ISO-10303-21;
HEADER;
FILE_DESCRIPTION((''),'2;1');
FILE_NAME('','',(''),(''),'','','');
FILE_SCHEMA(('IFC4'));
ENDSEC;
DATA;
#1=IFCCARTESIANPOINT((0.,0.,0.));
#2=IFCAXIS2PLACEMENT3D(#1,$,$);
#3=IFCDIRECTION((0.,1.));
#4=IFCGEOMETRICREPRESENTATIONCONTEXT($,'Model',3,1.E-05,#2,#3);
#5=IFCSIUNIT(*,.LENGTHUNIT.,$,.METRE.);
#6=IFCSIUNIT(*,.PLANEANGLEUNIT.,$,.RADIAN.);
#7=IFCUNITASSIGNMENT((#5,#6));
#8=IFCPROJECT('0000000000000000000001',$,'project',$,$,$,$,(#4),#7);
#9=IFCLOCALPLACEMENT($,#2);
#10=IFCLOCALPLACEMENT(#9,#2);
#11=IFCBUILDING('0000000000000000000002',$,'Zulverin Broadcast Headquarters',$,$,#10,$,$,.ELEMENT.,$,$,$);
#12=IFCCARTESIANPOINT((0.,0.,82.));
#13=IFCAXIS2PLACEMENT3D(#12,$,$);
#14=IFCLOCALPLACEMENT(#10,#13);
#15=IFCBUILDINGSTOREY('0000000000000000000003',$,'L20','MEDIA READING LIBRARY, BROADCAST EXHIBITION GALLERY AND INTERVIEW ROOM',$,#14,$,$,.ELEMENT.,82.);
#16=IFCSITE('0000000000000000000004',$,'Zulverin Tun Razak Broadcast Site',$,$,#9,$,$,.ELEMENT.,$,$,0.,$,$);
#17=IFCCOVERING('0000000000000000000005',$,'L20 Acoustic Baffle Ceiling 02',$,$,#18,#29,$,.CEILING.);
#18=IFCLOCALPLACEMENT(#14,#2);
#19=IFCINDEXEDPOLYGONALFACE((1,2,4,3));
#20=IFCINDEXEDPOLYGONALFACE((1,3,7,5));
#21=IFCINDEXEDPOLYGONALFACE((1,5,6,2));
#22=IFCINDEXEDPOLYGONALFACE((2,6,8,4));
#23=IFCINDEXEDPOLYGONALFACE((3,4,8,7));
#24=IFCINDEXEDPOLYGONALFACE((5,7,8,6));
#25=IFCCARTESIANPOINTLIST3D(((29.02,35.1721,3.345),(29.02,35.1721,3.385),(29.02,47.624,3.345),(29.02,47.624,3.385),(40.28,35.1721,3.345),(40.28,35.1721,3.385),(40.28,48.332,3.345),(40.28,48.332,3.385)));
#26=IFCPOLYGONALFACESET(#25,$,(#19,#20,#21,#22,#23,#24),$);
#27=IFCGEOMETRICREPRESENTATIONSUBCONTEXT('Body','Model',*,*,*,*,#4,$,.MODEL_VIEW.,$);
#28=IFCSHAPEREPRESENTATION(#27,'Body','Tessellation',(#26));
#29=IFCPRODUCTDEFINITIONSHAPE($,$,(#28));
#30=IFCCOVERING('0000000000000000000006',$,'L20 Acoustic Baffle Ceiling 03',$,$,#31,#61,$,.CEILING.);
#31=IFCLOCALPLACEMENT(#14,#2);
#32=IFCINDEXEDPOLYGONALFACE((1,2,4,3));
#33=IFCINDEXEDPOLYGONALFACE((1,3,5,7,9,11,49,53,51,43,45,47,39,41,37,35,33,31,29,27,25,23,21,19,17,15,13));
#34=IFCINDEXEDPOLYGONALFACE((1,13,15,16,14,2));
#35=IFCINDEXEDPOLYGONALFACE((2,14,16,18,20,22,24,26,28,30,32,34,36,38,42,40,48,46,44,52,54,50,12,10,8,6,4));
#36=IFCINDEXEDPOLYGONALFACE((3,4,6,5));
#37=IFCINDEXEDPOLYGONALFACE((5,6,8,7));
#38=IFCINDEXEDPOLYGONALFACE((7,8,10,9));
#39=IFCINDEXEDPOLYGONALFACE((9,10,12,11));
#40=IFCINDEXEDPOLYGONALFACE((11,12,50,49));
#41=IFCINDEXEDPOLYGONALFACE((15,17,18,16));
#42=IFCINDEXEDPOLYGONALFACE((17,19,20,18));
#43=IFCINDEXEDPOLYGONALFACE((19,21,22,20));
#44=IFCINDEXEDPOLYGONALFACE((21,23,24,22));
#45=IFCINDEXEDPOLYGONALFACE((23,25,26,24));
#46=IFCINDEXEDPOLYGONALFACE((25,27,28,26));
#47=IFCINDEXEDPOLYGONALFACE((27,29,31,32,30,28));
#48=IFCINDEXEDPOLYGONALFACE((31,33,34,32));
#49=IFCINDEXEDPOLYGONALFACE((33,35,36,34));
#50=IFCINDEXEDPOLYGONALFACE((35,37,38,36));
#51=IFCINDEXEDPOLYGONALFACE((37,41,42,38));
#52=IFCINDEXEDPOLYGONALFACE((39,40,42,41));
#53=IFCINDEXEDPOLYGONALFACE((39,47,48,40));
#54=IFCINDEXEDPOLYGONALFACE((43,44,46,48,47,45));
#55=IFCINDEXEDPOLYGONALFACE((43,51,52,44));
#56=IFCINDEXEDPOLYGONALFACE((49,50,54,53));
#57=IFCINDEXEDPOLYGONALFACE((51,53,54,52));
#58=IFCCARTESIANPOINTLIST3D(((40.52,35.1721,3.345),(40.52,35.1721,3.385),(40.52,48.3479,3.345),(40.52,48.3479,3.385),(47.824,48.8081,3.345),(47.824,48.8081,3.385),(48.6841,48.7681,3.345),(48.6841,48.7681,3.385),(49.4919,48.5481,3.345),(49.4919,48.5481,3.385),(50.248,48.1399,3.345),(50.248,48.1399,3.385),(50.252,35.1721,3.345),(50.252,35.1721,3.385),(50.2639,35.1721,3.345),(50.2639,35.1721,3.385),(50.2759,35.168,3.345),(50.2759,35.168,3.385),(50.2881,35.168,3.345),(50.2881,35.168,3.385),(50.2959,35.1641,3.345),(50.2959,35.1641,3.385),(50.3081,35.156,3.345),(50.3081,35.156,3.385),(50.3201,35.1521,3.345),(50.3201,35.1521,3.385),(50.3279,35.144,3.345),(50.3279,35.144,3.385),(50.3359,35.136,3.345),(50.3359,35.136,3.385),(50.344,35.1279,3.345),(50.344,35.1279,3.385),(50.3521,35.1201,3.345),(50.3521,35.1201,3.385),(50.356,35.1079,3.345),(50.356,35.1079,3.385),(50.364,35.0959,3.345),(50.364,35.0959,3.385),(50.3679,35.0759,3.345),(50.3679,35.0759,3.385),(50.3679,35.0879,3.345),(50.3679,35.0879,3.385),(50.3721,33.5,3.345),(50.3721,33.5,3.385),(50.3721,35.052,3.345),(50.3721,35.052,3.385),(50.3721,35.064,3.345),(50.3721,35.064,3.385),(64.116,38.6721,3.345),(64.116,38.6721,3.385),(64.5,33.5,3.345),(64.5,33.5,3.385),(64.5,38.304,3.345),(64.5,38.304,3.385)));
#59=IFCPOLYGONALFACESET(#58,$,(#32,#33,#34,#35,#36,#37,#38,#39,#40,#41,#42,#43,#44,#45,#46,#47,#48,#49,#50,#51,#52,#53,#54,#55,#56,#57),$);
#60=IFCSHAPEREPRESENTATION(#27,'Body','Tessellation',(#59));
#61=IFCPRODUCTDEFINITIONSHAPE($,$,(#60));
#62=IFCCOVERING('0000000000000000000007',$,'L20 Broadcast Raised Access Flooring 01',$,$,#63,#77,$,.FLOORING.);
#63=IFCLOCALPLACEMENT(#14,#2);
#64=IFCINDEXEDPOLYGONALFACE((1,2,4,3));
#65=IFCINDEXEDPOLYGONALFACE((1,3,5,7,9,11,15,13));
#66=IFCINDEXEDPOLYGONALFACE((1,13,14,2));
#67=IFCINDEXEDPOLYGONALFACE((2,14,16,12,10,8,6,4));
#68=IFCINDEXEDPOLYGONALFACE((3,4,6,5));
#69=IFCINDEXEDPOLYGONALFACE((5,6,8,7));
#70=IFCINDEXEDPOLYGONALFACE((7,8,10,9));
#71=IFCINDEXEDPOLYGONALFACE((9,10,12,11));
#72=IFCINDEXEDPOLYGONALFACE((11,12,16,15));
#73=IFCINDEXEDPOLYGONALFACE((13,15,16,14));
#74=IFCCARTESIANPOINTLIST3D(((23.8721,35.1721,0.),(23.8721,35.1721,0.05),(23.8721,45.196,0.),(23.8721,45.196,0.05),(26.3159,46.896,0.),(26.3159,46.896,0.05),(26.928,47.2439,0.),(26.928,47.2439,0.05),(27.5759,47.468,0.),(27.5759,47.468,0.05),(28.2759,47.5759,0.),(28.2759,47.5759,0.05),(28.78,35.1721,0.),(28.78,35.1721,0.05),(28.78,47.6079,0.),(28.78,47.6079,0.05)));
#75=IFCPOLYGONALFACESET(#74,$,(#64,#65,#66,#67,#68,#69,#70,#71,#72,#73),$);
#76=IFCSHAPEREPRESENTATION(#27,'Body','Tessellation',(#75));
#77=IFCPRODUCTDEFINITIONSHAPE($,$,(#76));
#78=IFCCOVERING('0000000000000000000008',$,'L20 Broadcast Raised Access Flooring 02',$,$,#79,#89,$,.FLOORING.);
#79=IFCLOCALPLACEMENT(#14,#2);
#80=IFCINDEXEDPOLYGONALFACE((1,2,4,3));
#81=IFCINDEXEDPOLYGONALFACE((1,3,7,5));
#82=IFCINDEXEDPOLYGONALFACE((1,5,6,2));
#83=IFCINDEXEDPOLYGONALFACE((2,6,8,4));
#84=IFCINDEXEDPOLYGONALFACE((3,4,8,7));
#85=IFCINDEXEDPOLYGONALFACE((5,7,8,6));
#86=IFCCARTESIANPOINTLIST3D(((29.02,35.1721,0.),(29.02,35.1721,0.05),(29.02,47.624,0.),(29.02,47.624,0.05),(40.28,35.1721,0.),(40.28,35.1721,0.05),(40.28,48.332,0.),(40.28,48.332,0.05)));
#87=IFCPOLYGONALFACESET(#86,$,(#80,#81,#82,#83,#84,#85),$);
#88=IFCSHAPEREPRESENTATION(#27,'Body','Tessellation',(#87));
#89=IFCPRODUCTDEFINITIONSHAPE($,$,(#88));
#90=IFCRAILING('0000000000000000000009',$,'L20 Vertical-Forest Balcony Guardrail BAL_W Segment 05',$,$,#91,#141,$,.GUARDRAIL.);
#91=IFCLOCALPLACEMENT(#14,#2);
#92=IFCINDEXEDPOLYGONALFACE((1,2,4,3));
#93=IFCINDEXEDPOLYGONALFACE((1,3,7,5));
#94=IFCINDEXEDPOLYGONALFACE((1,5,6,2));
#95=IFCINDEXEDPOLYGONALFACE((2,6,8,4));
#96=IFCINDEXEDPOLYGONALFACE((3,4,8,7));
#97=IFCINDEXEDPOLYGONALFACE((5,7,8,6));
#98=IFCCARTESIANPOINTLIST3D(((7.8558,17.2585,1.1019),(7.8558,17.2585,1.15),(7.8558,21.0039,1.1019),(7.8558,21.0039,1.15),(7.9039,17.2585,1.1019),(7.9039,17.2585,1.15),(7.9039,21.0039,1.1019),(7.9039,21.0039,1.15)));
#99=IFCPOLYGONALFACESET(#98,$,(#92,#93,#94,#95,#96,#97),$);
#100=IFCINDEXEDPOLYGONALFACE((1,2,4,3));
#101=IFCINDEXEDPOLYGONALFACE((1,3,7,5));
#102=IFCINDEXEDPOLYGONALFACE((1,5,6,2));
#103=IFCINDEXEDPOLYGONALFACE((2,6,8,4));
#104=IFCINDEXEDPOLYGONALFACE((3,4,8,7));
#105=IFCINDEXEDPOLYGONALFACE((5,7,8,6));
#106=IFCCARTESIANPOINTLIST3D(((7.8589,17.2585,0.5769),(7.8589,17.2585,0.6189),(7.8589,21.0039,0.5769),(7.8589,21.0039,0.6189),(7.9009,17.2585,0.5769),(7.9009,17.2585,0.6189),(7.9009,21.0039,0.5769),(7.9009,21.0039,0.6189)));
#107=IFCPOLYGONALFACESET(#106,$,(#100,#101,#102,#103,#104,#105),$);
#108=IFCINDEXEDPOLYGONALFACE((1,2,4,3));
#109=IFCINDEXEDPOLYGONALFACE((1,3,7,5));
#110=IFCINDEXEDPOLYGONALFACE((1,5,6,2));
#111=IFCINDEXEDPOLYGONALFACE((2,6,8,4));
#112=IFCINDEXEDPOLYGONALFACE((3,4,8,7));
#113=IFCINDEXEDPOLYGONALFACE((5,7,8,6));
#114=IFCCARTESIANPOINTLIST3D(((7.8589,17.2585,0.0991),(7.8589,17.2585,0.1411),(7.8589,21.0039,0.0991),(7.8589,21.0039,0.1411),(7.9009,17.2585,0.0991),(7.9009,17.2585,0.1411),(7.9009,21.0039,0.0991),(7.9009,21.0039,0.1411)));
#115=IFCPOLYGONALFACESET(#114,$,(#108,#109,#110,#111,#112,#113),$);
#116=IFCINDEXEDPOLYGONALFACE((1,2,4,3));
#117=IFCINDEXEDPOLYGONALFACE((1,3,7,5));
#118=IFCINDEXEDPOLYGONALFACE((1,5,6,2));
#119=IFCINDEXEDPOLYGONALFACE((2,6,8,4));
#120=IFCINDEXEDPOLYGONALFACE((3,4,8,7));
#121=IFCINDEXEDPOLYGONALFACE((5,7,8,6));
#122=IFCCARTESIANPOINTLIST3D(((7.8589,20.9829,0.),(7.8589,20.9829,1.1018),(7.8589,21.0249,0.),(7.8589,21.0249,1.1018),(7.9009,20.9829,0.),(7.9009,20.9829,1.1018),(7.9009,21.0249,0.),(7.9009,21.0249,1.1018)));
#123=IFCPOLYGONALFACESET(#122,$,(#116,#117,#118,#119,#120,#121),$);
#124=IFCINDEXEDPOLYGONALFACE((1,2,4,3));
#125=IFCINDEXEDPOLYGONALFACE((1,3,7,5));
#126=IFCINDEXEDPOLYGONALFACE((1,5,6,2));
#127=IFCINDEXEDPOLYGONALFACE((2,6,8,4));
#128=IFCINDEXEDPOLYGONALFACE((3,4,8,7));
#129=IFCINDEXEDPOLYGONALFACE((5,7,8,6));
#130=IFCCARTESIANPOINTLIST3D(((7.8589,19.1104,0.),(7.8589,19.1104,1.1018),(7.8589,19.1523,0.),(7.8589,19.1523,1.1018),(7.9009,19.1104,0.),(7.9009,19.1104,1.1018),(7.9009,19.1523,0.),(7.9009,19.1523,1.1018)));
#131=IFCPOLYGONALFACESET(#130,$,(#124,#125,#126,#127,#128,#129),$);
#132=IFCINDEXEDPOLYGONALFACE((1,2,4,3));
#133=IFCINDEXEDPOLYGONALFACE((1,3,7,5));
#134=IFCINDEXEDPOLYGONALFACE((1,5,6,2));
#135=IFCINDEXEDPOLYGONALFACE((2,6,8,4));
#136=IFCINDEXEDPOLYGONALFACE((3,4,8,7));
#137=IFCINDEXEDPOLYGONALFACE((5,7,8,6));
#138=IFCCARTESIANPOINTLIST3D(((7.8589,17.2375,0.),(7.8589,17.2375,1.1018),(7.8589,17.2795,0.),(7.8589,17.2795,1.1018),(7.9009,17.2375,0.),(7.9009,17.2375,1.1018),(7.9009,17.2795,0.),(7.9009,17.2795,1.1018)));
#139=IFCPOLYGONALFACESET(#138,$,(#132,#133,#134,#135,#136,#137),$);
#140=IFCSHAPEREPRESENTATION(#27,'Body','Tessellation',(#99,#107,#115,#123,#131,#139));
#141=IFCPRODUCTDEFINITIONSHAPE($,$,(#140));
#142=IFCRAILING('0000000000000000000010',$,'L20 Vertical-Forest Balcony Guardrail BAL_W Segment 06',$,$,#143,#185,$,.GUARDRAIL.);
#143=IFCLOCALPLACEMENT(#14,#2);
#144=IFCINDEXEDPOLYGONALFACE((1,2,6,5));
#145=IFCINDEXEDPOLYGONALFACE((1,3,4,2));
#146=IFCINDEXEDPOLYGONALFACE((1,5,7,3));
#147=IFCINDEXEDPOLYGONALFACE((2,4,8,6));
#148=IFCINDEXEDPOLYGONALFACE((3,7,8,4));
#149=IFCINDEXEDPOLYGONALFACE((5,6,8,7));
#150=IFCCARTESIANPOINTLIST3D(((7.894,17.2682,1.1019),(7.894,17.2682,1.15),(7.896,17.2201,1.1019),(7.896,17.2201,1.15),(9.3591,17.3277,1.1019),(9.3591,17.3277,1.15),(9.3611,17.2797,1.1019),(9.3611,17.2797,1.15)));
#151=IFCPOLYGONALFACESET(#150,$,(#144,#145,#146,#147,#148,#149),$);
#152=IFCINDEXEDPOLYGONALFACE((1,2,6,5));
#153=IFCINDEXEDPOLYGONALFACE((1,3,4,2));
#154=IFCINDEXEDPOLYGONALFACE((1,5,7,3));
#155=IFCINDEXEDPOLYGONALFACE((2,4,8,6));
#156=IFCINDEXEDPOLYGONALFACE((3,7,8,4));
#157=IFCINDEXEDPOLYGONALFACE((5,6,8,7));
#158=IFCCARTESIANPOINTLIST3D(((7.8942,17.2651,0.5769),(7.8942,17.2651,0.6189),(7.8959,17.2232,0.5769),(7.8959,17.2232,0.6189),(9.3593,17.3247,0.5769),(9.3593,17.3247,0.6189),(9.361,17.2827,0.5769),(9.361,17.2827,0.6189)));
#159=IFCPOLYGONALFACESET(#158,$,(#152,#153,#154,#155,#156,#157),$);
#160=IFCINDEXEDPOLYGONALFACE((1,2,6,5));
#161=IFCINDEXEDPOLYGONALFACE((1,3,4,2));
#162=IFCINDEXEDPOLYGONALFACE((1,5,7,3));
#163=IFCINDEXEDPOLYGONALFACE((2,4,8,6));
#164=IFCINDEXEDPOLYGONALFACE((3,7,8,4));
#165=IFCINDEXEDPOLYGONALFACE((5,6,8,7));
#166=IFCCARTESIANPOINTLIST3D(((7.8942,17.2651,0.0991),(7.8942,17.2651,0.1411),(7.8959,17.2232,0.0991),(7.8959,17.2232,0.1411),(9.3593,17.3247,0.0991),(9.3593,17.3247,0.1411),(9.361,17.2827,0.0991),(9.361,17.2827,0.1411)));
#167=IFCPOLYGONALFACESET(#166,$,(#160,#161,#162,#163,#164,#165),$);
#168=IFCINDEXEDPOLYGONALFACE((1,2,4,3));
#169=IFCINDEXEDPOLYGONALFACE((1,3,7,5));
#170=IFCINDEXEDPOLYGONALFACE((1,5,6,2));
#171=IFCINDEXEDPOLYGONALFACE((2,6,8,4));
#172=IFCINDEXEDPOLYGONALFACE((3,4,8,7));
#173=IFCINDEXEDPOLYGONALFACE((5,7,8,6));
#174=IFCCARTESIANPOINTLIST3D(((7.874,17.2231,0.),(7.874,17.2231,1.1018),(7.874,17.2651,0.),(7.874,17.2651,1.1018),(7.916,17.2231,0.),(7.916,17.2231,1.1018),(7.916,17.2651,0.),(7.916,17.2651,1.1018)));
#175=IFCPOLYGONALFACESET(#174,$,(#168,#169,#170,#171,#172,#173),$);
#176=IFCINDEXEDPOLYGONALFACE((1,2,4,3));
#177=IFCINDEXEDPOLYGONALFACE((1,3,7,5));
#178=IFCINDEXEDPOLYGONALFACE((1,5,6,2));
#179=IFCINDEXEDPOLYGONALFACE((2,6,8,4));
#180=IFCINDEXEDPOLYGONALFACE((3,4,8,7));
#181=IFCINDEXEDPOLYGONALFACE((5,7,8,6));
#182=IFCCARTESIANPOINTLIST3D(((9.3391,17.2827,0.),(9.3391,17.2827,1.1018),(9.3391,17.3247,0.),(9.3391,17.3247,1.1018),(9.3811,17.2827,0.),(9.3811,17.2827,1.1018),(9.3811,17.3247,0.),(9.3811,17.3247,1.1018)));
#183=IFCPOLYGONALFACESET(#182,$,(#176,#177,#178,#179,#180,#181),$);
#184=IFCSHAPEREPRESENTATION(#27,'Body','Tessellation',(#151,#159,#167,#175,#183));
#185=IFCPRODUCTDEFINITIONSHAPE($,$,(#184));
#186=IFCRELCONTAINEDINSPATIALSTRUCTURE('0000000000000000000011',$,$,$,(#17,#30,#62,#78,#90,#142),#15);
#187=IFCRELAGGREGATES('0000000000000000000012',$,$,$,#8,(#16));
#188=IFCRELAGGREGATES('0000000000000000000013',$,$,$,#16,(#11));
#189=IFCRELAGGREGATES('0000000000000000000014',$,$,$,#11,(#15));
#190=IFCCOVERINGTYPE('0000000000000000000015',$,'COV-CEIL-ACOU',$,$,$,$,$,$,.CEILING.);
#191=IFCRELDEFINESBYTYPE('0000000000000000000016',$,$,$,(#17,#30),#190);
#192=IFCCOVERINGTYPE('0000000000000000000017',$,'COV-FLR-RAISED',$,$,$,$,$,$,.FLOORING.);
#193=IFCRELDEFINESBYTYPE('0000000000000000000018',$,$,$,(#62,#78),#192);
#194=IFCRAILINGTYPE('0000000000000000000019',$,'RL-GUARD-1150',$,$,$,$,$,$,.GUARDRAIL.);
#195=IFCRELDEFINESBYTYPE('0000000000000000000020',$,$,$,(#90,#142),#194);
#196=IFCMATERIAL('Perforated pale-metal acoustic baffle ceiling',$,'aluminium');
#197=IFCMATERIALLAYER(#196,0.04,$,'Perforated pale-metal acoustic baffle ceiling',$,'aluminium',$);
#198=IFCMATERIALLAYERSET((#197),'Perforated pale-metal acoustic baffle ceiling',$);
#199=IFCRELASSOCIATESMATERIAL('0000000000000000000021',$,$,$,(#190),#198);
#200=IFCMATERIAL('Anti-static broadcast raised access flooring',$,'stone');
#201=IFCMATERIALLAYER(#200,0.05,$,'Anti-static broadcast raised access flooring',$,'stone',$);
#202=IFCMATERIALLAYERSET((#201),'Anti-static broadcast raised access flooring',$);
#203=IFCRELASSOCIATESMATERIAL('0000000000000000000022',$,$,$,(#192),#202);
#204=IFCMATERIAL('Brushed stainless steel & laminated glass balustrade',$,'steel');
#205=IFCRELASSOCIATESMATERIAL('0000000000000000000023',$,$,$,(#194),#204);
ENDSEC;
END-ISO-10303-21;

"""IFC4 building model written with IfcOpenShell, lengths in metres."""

from ifc_helpers import new_model, si_unit, direction, frame, origin, origin_2d, place, context, subcontext, project, spatial, polyline, rectangle, outline, extrude, material, layer, layer_set, type_object, element, save


model = new_model("IFC4")

# Units and contexts
model_context = context("Model", 3, precision=1e-05, world=origin(), true_north=direction((0.0, 1.0)))
body_context = subcontext(model_context, "Body", "Model", "MODEL_VIEW")
ifc_project = project(units=[si_unit("LENGTHUNIT", "METRE"), si_unit("PLANEANGLEUNIT", "RADIAN")], contexts=[model_context])

# Site, building, storey
site_placement = place(None, origin())
site = spatial("IfcSite", under=ifc_project, at=site_placement, Name="Zulverin Tun Razak Broadcast Site", CompositionType="ELEMENT", RefElevation=0.0)
building_placement = place(site_placement, origin())
building = spatial("IfcBuilding", under=site, at=building_placement, Name="Zulverin Broadcast Headquarters", CompositionType="ELEMENT")
storey_placement = place(building_placement, frame((0.0, 0.0, 82.0)))
storey = spatial("IfcBuildingStorey", under=building, at=storey_placement, Name="L20", Description="MEDIA READING LIBRARY, BROADCAST EXHIBITION GALLERY AND INTERVIEW ROOM", CompositionType="ELEMENT", Elevation=82.0)

# Coverings
ifc_material_1 = material(Name="Perforated pale-metal acoustic baffle ceiling", Category="aluminium")
ifc_layer_1 = layer(ifc_material_1, 0.04, Name="Perforated pale-metal acoustic baffle ceiling", Category="aluminium")
ifc_layer_set_1 = layer_set([ifc_layer_1], Name="Perforated pale-metal acoustic baffle ceiling")
covering_type_1 = type_object("IfcCoveringType", Name="COV-CEIL-ACOU", PredefinedType="CEILING", material=ifc_layer_set_1)
covering_1_placement = place(storey_placement, frame((0.0, 0.0, 3.345)))
element("IfcCovering", 1, at=covering_1_placement, inside=storey, type_object=covering_type_1, Name="L20 Acoustic Baffle Ceiling 02", PredefinedType="CEILING", context=body_context, shape_type="SweptSolid", body=[
    extrude(outline(polyline([(40.28, 35.1721), (40.28, 48.332), (29.02, 47.624), (29.02, 35.1721), (40.28, 35.1721)])), origin(), (0.0, 0.0, 1.0), 0.04),
])
covering_2_placement = place(storey_placement, frame((0.0, 0.0, 3.345)))
element("IfcCovering", 2, at=covering_2_placement, inside=storey, type_object=covering_type_1, Name="L20 Acoustic Baffle Ceiling 03", PredefinedType="CEILING", context=body_context, shape_type="SweptSolid", body=[
    extrude(outline(polyline([(64.5, 38.304), (64.116, 38.6721), (50.248, 48.1399), (49.4919, 48.5481), (48.6841, 48.7681), (47.824, 48.8081), (40.52, 48.3479), (40.52, 35.1721), (50.252, 35.1721), (50.2639, 35.1721), (50.2759, 35.168), (50.2881, 35.168), (50.2959, 35.1641), (50.3081, 35.156), (50.3201, 35.1521), (50.3279, 35.144), (50.3359, 35.136), (50.344, 35.1279), (50.3521, 35.1201), (50.356, 35.1079), (50.364, 35.0959), (50.3679, 35.0879), (50.3679, 35.0759), (50.3721, 35.064), (50.3721, 35.052), (50.3721, 33.5), (64.5, 33.5), (64.5, 38.304)])), origin(), (0.0, 0.0, 1.0), 0.04),
])
ifc_material_2 = material(Name="Anti-static broadcast raised access flooring", Category="stone")
ifc_layer_2 = layer(ifc_material_2, 0.05, Name="Anti-static broadcast raised access flooring", Category="stone")
ifc_layer_set_2 = layer_set([ifc_layer_2], Name="Anti-static broadcast raised access flooring")
covering_type_2 = type_object("IfcCoveringType", Name="COV-FLR-RAISED", PredefinedType="FLOORING", material=ifc_layer_set_2)
covering_3_placement = place(storey_placement, origin())
element("IfcCovering", 3, at=covering_3_placement, inside=storey, type_object=covering_type_2, Name="L20 Broadcast Raised Access Flooring 01", PredefinedType="FLOORING", context=body_context, shape_type="SweptSolid", body=[
    extrude(outline(polyline([(28.78, 35.1721), (28.78, 47.6079), (28.2759, 47.5759), (27.5759, 47.468), (26.928, 47.2439), (26.3159, 46.896), (23.8721, 45.196), (23.8721, 35.1721), (28.78, 35.1721)])), origin(), (0.0, 0.0, 1.0), 0.05),
])
covering_4_placement = place(storey_placement, origin())
element("IfcCovering", 4, at=covering_4_placement, inside=storey, type_object=covering_type_2, Name="L20 Broadcast Raised Access Flooring 02", PredefinedType="FLOORING", context=body_context, shape_type="SweptSolid", body=[
    extrude(outline(polyline([(40.28, 35.1721), (40.28, 48.332), (29.02, 47.624), (29.02, 35.1721), (40.28, 35.1721)])), origin(), (0.0, 0.0, 1.0), 0.05),
])

# Railings
ifc_material_3 = material(Name="Brushed stainless steel & laminated glass balustrade", Category="steel")
railing_type = type_object("IfcRailingType", Name="RL-GUARD-1150", PredefinedType="GUARDRAIL", material=ifc_material_3)
railing_1_placement = place(storey_placement, frame((7.8799, 21.0039, 0.0)))
element("IfcRailing", 5, at=railing_1_placement, inside=storey, type_object=railing_type, Name="L20 Vertical-Forest Balcony Guardrail BAL_W Segment 05", PredefinedType="GUARDRAIL", context=body_context, shape_type="SweptSolid", body=[
    extrude(rectangle(XDim=0.0481, YDim=0.0481, at=origin_2d()), frame((0.0, 0.0, 1.126), z_axis=(0.0, -1.0, 0.0), x_axis=(1.0, 0.0, 0.0)), (0.0, 0.0, 1.0), 3.7454),
    extrude(rectangle(XDim=0.042, YDim=0.042, at=origin_2d()), frame((0.0, 0.0, 0.5979), z_axis=(0.0, -1.0, 0.0), x_axis=(1.0, 0.0, 0.0)), (0.0, 0.0, 1.0), 3.7454),
    extrude(rectangle(XDim=0.042, YDim=0.042, at=origin_2d()), frame((0.0, 0.0, 0.1201), z_axis=(0.0, -1.0, 0.0), x_axis=(1.0, 0.0, 0.0)), (0.0, 0.0, 1.0), 3.7454),
    extrude(rectangle(XDim=0.042, YDim=0.042, at=origin_2d()), origin(), (0.0, 0.0, 1.0), 1.1018),
    extrude(rectangle(XDim=0.042, YDim=0.042, at=origin_2d()), frame((0.0, -1.8726, 0.0)), (0.0, 0.0, 1.0), 1.1018),
    extrude(rectangle(XDim=0.042, YDim=0.042, at=origin_2d()), frame((0.0, -3.7454, 0.0)), (0.0, 0.0, 1.0), 1.1018),
])
railing_2_placement = place(storey_placement, frame((7.895, 17.2441, 0.0)))
element("IfcRailing", 6, at=railing_2_placement, inside=storey, type_object=railing_type, Name="L20 Vertical-Forest Balcony Guardrail BAL_W Segment 06", PredefinedType="GUARDRAIL", context=body_context, shape_type="SweptSolid", body=[
    extrude(rectangle(XDim=0.0481, YDim=0.0481, at=origin_2d()), frame((0.0, 0.0, 1.126), z_axis=(0.999174, 0.040626, 0.0), x_axis=(-0.040626, 0.999174, 0.0)), (0.0, 0.0, 1.0), 1.4663),
    extrude(rectangle(XDim=0.042, YDim=0.042, at=origin_2d()), frame((0.0, 0.0, 0.5979), z_axis=(0.999174, 0.040626, 0.0), x_axis=(-0.040626, 0.999174, 0.0)), (0.0, 0.0, 1.0), 1.4663),
    extrude(rectangle(XDim=0.042, YDim=0.042, at=origin_2d()), frame((0.0, 0.0, 0.1201), z_axis=(0.999174, 0.040626, 0.0), x_axis=(-0.040626, 0.999174, 0.0)), (0.0, 0.0, 1.0), 1.4663),
    extrude(rectangle(XDim=0.042, YDim=0.042, at=origin_2d()), origin(), (0.0, 0.0, 1.0), 1.1018),
    extrude(rectangle(XDim=0.042, YDim=0.042, at=origin_2d()), frame((1.4651, 0.0596, 0.0)), (0.0, 0.0, 1.0), 1.1018),
])

save(model, "model.ifc")
